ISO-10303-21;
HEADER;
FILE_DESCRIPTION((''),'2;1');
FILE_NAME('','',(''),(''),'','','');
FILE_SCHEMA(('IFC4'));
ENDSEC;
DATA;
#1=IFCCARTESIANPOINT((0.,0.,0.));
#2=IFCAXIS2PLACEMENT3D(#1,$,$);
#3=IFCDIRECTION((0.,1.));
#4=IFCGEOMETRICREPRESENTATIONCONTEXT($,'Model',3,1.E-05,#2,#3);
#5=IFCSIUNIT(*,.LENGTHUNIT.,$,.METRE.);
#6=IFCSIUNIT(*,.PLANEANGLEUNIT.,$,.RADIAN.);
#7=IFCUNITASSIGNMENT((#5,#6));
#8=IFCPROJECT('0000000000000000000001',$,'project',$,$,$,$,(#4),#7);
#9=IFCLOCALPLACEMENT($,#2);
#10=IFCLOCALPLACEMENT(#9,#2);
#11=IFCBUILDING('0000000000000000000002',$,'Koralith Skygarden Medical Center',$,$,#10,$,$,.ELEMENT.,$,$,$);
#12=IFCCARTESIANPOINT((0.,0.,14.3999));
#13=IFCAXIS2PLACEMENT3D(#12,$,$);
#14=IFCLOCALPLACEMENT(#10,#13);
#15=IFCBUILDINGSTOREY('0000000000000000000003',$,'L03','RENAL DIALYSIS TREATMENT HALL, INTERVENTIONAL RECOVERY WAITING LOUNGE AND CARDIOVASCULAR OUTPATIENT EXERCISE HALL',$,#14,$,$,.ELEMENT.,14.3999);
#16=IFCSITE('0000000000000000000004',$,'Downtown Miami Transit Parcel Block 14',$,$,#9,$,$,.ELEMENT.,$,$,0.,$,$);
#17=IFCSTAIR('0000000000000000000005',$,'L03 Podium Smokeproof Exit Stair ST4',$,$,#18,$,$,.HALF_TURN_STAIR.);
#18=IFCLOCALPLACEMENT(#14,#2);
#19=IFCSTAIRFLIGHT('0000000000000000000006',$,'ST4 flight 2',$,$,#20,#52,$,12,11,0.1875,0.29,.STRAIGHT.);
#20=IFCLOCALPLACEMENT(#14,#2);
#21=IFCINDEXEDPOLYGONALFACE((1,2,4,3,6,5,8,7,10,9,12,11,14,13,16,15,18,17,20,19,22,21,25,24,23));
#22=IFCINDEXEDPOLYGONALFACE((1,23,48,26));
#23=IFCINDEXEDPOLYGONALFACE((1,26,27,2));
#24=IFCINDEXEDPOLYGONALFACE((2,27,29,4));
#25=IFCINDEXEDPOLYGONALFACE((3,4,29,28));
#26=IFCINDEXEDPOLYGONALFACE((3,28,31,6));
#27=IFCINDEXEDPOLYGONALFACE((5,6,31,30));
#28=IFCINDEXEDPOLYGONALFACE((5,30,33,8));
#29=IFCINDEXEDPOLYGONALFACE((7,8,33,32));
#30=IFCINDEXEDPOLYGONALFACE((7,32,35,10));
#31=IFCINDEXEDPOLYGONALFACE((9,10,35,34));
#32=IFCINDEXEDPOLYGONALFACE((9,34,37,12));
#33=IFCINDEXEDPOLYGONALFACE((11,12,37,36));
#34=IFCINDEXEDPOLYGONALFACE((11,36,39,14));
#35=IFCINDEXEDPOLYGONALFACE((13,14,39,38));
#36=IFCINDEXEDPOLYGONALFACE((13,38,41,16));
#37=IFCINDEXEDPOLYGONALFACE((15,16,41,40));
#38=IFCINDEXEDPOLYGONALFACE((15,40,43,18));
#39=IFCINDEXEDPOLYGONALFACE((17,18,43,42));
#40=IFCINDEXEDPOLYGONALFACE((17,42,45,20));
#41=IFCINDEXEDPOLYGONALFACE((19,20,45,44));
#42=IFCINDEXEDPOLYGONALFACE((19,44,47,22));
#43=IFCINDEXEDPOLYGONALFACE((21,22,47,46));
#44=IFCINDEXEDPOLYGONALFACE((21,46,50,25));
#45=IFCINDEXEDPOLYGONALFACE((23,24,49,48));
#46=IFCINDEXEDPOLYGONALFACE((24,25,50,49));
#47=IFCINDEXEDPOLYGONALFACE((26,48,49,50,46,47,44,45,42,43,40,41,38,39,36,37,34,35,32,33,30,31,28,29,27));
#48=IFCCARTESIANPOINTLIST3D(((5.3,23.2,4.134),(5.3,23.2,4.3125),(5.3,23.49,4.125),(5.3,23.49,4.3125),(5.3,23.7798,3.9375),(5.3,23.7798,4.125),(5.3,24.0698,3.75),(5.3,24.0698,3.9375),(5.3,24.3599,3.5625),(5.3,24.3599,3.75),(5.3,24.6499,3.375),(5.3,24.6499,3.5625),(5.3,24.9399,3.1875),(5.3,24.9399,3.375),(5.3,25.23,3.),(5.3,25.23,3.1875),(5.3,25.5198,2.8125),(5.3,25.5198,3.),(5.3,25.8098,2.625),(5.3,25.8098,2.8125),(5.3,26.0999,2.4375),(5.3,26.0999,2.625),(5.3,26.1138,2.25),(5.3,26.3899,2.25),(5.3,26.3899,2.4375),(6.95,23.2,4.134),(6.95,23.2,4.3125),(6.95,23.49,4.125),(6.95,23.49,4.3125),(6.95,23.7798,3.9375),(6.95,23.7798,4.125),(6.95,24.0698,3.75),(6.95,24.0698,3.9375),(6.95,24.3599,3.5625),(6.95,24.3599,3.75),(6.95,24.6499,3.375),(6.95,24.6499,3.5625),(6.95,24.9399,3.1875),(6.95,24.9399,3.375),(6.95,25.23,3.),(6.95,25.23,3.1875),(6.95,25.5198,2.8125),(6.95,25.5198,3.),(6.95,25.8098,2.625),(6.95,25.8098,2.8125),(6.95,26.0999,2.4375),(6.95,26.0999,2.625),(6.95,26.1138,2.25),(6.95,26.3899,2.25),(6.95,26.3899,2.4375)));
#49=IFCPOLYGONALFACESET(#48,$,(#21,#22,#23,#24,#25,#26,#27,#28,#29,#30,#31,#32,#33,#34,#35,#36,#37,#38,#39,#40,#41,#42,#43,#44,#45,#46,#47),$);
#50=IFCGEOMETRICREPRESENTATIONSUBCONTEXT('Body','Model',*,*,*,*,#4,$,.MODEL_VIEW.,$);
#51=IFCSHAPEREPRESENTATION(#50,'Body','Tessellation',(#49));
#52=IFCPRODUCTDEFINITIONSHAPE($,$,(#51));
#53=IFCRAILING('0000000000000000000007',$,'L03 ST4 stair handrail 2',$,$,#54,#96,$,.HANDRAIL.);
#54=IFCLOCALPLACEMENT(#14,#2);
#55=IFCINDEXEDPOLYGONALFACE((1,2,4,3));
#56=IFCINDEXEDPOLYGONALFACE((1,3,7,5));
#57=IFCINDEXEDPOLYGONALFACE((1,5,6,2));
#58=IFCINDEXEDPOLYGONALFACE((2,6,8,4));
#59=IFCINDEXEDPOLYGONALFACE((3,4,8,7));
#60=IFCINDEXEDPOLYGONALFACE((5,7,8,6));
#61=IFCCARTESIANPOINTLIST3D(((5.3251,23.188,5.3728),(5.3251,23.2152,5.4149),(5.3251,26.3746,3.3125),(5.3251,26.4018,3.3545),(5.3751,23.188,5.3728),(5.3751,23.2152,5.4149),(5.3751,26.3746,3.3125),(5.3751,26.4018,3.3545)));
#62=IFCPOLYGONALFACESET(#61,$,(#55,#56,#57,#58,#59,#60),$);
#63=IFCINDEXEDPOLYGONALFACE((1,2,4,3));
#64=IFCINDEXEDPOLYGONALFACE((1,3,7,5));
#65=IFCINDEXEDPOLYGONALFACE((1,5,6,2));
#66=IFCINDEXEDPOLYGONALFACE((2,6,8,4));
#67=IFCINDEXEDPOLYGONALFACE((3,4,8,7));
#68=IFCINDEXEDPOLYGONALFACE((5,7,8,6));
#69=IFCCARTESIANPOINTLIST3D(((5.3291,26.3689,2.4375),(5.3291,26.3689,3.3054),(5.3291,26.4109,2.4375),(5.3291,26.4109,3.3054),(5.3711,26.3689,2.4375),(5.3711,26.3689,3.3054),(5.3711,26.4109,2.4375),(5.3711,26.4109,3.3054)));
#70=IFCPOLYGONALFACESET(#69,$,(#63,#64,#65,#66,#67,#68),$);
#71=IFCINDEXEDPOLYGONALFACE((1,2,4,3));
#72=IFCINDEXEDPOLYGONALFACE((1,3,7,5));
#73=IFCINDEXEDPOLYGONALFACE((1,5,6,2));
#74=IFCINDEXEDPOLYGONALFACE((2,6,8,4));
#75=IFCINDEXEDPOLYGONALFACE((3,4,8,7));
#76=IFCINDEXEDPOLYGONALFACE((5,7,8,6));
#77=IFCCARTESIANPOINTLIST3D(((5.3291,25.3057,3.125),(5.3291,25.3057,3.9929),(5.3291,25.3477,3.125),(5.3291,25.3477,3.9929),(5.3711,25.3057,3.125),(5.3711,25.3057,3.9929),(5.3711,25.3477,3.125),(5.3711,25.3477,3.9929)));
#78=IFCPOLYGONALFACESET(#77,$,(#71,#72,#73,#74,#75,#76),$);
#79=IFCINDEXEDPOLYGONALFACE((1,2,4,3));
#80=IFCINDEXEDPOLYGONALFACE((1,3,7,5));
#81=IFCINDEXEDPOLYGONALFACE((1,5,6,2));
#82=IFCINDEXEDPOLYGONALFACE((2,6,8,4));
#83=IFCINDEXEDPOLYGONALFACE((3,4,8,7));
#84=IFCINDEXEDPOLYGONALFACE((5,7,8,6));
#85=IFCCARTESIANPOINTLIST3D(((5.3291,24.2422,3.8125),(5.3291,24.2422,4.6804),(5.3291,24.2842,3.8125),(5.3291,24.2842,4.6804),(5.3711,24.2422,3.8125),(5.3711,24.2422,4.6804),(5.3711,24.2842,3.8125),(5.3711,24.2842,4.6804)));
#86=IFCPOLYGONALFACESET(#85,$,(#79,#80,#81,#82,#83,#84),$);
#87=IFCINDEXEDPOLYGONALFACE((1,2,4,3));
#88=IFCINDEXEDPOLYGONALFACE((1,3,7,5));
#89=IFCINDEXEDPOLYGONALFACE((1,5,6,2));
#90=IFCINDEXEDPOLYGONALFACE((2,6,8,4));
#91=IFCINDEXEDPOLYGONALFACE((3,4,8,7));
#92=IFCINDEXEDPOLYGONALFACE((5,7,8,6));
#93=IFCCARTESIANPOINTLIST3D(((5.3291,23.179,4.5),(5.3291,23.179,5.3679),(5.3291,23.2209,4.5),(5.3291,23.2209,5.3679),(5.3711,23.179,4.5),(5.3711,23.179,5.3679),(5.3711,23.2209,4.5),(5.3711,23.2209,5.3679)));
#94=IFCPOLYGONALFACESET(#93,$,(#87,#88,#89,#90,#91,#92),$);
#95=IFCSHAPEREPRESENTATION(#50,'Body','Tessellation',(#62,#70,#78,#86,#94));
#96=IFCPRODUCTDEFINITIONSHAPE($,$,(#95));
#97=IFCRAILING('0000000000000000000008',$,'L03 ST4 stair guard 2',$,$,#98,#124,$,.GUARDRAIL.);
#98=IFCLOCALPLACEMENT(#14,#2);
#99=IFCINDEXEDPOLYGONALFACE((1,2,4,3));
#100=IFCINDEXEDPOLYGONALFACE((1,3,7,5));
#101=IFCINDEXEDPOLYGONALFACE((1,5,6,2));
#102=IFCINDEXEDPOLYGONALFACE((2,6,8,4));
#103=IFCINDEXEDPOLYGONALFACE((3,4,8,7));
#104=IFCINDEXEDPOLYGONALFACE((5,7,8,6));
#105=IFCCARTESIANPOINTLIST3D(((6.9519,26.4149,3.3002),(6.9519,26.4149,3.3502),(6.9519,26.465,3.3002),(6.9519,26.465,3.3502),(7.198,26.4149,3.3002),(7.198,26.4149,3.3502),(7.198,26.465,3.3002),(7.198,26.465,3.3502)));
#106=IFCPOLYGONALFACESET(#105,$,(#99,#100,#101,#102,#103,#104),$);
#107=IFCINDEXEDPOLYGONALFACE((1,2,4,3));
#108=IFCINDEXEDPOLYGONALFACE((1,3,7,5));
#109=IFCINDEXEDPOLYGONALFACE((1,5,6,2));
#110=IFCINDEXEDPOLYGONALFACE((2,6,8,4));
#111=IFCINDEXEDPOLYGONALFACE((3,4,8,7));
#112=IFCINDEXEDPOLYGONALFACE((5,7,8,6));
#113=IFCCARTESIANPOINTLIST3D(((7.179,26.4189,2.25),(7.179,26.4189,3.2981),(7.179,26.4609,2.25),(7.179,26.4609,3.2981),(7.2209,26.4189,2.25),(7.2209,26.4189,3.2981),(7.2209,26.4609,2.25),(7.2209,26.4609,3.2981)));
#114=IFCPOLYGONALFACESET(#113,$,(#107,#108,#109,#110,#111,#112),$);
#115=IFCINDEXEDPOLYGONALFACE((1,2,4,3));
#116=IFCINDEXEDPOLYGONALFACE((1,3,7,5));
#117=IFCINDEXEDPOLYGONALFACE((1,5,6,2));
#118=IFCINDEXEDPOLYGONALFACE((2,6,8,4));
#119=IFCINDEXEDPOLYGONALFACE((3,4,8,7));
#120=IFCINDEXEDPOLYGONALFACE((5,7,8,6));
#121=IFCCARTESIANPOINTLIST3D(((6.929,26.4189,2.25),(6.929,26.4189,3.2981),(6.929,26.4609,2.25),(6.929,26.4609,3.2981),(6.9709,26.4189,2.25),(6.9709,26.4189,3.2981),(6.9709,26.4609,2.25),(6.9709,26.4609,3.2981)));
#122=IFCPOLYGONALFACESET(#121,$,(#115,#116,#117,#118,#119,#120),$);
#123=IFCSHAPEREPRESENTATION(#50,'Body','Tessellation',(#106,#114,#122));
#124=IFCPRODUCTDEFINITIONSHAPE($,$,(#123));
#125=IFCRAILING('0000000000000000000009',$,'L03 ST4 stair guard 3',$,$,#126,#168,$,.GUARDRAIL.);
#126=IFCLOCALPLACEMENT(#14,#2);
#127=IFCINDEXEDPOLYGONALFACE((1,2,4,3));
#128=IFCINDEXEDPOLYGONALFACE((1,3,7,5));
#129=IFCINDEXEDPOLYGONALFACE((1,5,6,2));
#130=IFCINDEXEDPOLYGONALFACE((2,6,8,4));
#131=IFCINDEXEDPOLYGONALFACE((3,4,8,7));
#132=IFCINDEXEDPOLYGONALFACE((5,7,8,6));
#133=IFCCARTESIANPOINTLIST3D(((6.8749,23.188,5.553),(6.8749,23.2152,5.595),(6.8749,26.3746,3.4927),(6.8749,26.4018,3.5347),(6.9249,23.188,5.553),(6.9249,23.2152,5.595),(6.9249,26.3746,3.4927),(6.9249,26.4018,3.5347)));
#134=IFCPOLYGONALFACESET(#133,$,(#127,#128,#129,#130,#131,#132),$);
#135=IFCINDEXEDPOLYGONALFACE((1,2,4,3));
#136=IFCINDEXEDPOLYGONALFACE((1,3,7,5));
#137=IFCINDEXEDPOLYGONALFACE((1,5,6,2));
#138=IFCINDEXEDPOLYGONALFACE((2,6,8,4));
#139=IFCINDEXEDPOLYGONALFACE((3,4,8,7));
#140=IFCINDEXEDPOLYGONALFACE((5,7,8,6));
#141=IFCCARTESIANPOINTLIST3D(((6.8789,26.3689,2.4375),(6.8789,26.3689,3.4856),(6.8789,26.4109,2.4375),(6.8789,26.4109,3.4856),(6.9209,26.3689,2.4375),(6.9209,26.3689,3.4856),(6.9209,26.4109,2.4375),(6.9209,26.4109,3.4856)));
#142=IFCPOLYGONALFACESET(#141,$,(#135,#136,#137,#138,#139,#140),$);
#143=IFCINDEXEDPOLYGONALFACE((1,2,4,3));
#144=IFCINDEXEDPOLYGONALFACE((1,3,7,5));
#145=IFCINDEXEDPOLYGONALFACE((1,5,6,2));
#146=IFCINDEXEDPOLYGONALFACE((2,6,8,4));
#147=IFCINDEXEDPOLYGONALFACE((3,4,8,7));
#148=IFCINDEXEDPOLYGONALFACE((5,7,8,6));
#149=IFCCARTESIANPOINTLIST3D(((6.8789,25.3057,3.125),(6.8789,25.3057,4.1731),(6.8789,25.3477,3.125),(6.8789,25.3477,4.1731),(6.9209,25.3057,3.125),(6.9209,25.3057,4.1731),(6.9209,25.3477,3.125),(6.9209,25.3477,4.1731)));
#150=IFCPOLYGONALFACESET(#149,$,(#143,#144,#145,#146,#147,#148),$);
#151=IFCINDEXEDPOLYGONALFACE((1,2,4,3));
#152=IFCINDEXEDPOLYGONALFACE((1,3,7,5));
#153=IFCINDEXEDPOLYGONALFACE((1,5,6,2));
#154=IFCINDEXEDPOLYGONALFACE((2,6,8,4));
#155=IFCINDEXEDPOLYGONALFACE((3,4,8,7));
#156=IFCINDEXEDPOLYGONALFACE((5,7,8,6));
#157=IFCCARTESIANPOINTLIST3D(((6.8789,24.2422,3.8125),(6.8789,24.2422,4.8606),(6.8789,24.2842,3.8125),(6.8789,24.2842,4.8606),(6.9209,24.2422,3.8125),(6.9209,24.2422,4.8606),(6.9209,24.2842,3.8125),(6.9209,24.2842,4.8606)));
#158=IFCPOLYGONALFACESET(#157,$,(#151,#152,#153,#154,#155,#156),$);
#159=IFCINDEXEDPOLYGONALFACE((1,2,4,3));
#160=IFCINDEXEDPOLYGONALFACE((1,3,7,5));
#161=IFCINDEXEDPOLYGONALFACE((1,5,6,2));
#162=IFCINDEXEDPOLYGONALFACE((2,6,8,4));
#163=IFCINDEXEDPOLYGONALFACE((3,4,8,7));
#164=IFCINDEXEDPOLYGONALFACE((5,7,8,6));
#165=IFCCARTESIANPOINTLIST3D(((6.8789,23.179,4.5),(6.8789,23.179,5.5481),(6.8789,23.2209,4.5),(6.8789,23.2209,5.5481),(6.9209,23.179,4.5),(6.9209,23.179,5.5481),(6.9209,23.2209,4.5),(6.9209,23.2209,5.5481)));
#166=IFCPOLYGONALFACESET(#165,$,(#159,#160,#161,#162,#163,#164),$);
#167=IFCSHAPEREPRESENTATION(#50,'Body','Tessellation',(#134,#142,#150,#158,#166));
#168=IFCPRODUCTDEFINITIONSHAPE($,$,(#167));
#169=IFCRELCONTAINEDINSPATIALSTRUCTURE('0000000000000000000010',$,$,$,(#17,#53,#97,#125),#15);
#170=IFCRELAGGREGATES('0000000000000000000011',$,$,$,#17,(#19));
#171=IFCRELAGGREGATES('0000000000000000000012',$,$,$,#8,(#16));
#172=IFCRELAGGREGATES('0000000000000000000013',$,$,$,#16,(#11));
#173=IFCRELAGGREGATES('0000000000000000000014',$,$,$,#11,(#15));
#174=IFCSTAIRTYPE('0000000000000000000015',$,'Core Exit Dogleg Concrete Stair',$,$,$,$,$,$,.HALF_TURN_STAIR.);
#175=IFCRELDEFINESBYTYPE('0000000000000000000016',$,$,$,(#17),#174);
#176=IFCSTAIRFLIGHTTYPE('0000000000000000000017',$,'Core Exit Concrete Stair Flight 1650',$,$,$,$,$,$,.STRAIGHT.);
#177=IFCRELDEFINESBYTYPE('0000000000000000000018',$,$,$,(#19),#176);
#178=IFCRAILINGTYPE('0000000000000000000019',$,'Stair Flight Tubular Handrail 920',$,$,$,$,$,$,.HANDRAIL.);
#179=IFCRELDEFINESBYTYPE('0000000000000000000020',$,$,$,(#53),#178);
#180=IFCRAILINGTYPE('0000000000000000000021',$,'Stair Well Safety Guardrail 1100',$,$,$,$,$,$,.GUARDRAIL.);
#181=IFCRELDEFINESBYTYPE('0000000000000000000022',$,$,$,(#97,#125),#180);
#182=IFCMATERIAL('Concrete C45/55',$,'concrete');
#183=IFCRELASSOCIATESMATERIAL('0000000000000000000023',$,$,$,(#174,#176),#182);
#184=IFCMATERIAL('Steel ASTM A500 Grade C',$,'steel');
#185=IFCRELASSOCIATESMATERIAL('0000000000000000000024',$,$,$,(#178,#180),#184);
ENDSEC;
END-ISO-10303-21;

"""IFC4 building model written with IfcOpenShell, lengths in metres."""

from ifc_helpers import new_model, si_unit, direction, frame, origin, origin_2d, place, context, subcontext, project, spatial, polyline, rectangle, outline, extrude, material, type_object, element, aggregate, save


model = new_model("IFC4")

# Units and contexts
model_context = context("Model", 3, precision=1e-05, world=origin(), true_north=direction((0.0, 1.0)))
body_context = subcontext(model_context, "Body", "Model", "MODEL_VIEW")
ifc_project = project(units=[si_unit("LENGTHUNIT", "METRE"), si_unit("PLANEANGLEUNIT", "RADIAN")], contexts=[model_context])

# Site, building, storey
site_placement = place(None, origin())
site = spatial("IfcSite", under=ifc_project, at=site_placement, Name="Downtown Miami Transit Parcel Block 14", CompositionType="ELEMENT", RefElevation=0.0)
building_placement = place(site_placement, origin())
building = spatial("IfcBuilding", under=site, at=building_placement, Name="Koralith Skygarden Medical Center", CompositionType="ELEMENT")
storey_placement = place(building_placement, frame((0.0, 0.0, 14.3999)))
storey = spatial("IfcBuildingStorey", under=building, at=storey_placement, Name="L03", Description="RENAL DIALYSIS TREATMENT HALL, INTERVENTIONAL RECOVERY WAITING LOUNGE AND CARDIOVASCULAR OUTPATIENT EXERCISE HALL", CompositionType="ELEMENT", Elevation=14.3999)

# Shared definitions
ifc_material_1 = material(Name="Concrete C45/55", Category="concrete")

# Stair, stair flight
stair_type = type_object("IfcStairType", Name="Core Exit Dogleg Concrete Stair", PredefinedType="HALF_TURN_STAIR", material=ifc_material_1)
stair_placement = place(storey_placement, origin())
stair = element("IfcStair", 1, at=stair_placement, inside=storey, type_object=stair_type, Name="L03 Podium Smokeproof Exit Stair ST4", PredefinedType="HALF_TURN_STAIR")
stair_flight_type = type_object("IfcStairFlightType", Name="Core Exit Concrete Stair Flight 1650", PredefinedType="STRAIGHT", material=ifc_material_1)
stair_flight_placement = place(storey_placement, frame((6.125, 26.3899, 2.25), z_axis=(0.0, 0.0, 1.0), x_axis=(0.0, -1.0, 0.0)))
stair_flight = element("IfcStairFlight", 2, at=stair_flight_placement, type_object=stair_flight_type, Name="ST4 flight 2", NumberOfRisers=12, NumberOfTreads=11, PredefinedType="STRAIGHT", RiserHeight=0.1875, TreadLength=0.29, context=body_context, shape_type="SweptSolid", body=[
    extrude(outline(polyline([(0.0, 0.0), (0.0, 0.1875), (0.29, 0.1875), (0.29, 0.375), (0.5801, 0.375), (0.5801, 0.5625), (0.8701, 0.5625), (0.8701, 0.75), (1.1599, 0.75), (1.1599, 0.9375), (1.45, 0.9375), (1.45, 1.125), (1.74, 1.125), (1.74, 1.3125), (2.03, 1.3125), (2.03, 1.5), (2.3201, 1.5), (2.3201, 1.6875), (2.6101, 1.6875), (2.6101, 1.875), (2.8999, 1.875), (2.8999, 2.0625), (3.1899, 2.0625), (3.1899, 2.25), (3.1899, 1.884), (0.2761, 0.0), (0.0, 0.0)])), frame((0.0, 0.825, 0.0), z_axis=(0.0, -1.0, 0.0), x_axis=(1.0, 0.0, 0.0)), (0.0, 0.0, 1.0), 1.6499),
])
aggregate(stair, [stair_flight])

# Railings
ifc_material_2 = material(Name="Steel ASTM A500 Grade C", Category="steel")
railing_type_1 = type_object("IfcRailingType", Name="Stair Flight Tubular Handrail 920", PredefinedType="HANDRAIL", material=ifc_material_2)
railing_1_placement = place(storey_placement, frame((5.3501, 26.3899, 2.4375)))
element("IfcRailing", 3, at=railing_1_placement, inside=storey, type_object=railing_type_1, Name="L03 ST4 stair handrail 2", PredefinedType="HANDRAIL", context=body_context, shape_type="SweptSolid", body=[
    extrude(rectangle(XDim=0.05, YDim=0.05, at=origin_2d()), frame((0.0, -0.0017, 0.896), z_axis=(0.0, -0.83976, 0.542958), x_axis=(1.0, 0.0, 0.0)), (0.0, 0.0, 1.0), 3.7947),
    extrude(rectangle(XDim=0.042, YDim=0.042, at=origin_2d()), origin(), (0.0, 0.0, 1.0), 0.8679),
    extrude(rectangle(XDim=0.042, YDim=0.042, at=origin_2d()), frame((0.0, -1.0632, 0.6875)), (0.0, 0.0, 1.0), 0.8679),
    extrude(rectangle(XDim=0.042, YDim=0.042, at=origin_2d()), frame((0.0, -2.1267, 1.375)), (0.0, 0.0, 1.0), 0.8679),
    extrude(rectangle(XDim=0.042, YDim=0.042, at=origin_2d()), frame((0.0, -3.1899, 2.0625)), (0.0, 0.0, 1.0), 0.8679),
])
railing_type_2 = type_object("IfcRailingType", Name="Stair Well Safety Guardrail 1100", PredefinedType="GUARDRAIL", material=ifc_material_2)
railing_2_placement = place(storey_placement, frame((7.2, 26.4399, 2.25)))
element("IfcRailing", 4, at=railing_2_placement, inside=storey, type_object=railing_type_2, Name="L03 ST4 stair guard 2", PredefinedType="GUARDRAIL", context=body_context, shape_type="SweptSolid", body=[
    extrude(rectangle(XDim=0.05, YDim=0.05, at=origin_2d()), frame((-0.002, 0.0, 1.0752), z_axis=(-1.0, 0.0, 0.0), x_axis=(0.0, -1.0, 0.0)), (0.0, 0.0, 1.0), 0.2461),
    extrude(rectangle(XDim=0.042, YDim=0.042, at=origin_2d()), origin(), (0.0, 0.0, 1.0), 1.0481),
    extrude(rectangle(XDim=0.042, YDim=0.042, at=origin_2d()), frame((-0.25, 0.0, 0.0)), (0.0, 0.0, 1.0), 1.0481),
])
railing_3_placement = place(storey_placement, frame((6.8999, 26.3899, 2.4375)))
element("IfcRailing", 5, at=railing_3_placement, inside=storey, type_object=railing_type_2, Name="L03 ST4 stair guard 3", PredefinedType="GUARDRAIL", context=body_context, shape_type="SweptSolid", body=[
    extrude(rectangle(XDim=0.05, YDim=0.05, at=origin_2d()), frame((0.0, -0.0017, 1.0762), z_axis=(0.0, -0.83976, 0.542958), x_axis=(1.0, 0.0, 0.0)), (0.0, 0.0, 1.0), 3.7947),
    extrude(rectangle(XDim=0.042, YDim=0.042, at=origin_2d()), origin(), (0.0, 0.0, 1.0), 1.0481),
    extrude(rectangle(XDim=0.042, YDim=0.042, at=origin_2d()), frame((0.0, -1.0632, 0.6875)), (0.0, 0.0, 1.0), 1.0481),
    extrude(rectangle(XDim=0.042, YDim=0.042, at=origin_2d()), frame((0.0, -2.1267, 1.375)), (0.0, 0.0, 1.0), 1.0481),
    extrude(rectangle(XDim=0.042, YDim=0.042, at=origin_2d()), frame((0.0, -3.1899, 2.0625)), (0.0, 0.0, 1.0), 1.0481),
])

save(model, "model.ifc")
